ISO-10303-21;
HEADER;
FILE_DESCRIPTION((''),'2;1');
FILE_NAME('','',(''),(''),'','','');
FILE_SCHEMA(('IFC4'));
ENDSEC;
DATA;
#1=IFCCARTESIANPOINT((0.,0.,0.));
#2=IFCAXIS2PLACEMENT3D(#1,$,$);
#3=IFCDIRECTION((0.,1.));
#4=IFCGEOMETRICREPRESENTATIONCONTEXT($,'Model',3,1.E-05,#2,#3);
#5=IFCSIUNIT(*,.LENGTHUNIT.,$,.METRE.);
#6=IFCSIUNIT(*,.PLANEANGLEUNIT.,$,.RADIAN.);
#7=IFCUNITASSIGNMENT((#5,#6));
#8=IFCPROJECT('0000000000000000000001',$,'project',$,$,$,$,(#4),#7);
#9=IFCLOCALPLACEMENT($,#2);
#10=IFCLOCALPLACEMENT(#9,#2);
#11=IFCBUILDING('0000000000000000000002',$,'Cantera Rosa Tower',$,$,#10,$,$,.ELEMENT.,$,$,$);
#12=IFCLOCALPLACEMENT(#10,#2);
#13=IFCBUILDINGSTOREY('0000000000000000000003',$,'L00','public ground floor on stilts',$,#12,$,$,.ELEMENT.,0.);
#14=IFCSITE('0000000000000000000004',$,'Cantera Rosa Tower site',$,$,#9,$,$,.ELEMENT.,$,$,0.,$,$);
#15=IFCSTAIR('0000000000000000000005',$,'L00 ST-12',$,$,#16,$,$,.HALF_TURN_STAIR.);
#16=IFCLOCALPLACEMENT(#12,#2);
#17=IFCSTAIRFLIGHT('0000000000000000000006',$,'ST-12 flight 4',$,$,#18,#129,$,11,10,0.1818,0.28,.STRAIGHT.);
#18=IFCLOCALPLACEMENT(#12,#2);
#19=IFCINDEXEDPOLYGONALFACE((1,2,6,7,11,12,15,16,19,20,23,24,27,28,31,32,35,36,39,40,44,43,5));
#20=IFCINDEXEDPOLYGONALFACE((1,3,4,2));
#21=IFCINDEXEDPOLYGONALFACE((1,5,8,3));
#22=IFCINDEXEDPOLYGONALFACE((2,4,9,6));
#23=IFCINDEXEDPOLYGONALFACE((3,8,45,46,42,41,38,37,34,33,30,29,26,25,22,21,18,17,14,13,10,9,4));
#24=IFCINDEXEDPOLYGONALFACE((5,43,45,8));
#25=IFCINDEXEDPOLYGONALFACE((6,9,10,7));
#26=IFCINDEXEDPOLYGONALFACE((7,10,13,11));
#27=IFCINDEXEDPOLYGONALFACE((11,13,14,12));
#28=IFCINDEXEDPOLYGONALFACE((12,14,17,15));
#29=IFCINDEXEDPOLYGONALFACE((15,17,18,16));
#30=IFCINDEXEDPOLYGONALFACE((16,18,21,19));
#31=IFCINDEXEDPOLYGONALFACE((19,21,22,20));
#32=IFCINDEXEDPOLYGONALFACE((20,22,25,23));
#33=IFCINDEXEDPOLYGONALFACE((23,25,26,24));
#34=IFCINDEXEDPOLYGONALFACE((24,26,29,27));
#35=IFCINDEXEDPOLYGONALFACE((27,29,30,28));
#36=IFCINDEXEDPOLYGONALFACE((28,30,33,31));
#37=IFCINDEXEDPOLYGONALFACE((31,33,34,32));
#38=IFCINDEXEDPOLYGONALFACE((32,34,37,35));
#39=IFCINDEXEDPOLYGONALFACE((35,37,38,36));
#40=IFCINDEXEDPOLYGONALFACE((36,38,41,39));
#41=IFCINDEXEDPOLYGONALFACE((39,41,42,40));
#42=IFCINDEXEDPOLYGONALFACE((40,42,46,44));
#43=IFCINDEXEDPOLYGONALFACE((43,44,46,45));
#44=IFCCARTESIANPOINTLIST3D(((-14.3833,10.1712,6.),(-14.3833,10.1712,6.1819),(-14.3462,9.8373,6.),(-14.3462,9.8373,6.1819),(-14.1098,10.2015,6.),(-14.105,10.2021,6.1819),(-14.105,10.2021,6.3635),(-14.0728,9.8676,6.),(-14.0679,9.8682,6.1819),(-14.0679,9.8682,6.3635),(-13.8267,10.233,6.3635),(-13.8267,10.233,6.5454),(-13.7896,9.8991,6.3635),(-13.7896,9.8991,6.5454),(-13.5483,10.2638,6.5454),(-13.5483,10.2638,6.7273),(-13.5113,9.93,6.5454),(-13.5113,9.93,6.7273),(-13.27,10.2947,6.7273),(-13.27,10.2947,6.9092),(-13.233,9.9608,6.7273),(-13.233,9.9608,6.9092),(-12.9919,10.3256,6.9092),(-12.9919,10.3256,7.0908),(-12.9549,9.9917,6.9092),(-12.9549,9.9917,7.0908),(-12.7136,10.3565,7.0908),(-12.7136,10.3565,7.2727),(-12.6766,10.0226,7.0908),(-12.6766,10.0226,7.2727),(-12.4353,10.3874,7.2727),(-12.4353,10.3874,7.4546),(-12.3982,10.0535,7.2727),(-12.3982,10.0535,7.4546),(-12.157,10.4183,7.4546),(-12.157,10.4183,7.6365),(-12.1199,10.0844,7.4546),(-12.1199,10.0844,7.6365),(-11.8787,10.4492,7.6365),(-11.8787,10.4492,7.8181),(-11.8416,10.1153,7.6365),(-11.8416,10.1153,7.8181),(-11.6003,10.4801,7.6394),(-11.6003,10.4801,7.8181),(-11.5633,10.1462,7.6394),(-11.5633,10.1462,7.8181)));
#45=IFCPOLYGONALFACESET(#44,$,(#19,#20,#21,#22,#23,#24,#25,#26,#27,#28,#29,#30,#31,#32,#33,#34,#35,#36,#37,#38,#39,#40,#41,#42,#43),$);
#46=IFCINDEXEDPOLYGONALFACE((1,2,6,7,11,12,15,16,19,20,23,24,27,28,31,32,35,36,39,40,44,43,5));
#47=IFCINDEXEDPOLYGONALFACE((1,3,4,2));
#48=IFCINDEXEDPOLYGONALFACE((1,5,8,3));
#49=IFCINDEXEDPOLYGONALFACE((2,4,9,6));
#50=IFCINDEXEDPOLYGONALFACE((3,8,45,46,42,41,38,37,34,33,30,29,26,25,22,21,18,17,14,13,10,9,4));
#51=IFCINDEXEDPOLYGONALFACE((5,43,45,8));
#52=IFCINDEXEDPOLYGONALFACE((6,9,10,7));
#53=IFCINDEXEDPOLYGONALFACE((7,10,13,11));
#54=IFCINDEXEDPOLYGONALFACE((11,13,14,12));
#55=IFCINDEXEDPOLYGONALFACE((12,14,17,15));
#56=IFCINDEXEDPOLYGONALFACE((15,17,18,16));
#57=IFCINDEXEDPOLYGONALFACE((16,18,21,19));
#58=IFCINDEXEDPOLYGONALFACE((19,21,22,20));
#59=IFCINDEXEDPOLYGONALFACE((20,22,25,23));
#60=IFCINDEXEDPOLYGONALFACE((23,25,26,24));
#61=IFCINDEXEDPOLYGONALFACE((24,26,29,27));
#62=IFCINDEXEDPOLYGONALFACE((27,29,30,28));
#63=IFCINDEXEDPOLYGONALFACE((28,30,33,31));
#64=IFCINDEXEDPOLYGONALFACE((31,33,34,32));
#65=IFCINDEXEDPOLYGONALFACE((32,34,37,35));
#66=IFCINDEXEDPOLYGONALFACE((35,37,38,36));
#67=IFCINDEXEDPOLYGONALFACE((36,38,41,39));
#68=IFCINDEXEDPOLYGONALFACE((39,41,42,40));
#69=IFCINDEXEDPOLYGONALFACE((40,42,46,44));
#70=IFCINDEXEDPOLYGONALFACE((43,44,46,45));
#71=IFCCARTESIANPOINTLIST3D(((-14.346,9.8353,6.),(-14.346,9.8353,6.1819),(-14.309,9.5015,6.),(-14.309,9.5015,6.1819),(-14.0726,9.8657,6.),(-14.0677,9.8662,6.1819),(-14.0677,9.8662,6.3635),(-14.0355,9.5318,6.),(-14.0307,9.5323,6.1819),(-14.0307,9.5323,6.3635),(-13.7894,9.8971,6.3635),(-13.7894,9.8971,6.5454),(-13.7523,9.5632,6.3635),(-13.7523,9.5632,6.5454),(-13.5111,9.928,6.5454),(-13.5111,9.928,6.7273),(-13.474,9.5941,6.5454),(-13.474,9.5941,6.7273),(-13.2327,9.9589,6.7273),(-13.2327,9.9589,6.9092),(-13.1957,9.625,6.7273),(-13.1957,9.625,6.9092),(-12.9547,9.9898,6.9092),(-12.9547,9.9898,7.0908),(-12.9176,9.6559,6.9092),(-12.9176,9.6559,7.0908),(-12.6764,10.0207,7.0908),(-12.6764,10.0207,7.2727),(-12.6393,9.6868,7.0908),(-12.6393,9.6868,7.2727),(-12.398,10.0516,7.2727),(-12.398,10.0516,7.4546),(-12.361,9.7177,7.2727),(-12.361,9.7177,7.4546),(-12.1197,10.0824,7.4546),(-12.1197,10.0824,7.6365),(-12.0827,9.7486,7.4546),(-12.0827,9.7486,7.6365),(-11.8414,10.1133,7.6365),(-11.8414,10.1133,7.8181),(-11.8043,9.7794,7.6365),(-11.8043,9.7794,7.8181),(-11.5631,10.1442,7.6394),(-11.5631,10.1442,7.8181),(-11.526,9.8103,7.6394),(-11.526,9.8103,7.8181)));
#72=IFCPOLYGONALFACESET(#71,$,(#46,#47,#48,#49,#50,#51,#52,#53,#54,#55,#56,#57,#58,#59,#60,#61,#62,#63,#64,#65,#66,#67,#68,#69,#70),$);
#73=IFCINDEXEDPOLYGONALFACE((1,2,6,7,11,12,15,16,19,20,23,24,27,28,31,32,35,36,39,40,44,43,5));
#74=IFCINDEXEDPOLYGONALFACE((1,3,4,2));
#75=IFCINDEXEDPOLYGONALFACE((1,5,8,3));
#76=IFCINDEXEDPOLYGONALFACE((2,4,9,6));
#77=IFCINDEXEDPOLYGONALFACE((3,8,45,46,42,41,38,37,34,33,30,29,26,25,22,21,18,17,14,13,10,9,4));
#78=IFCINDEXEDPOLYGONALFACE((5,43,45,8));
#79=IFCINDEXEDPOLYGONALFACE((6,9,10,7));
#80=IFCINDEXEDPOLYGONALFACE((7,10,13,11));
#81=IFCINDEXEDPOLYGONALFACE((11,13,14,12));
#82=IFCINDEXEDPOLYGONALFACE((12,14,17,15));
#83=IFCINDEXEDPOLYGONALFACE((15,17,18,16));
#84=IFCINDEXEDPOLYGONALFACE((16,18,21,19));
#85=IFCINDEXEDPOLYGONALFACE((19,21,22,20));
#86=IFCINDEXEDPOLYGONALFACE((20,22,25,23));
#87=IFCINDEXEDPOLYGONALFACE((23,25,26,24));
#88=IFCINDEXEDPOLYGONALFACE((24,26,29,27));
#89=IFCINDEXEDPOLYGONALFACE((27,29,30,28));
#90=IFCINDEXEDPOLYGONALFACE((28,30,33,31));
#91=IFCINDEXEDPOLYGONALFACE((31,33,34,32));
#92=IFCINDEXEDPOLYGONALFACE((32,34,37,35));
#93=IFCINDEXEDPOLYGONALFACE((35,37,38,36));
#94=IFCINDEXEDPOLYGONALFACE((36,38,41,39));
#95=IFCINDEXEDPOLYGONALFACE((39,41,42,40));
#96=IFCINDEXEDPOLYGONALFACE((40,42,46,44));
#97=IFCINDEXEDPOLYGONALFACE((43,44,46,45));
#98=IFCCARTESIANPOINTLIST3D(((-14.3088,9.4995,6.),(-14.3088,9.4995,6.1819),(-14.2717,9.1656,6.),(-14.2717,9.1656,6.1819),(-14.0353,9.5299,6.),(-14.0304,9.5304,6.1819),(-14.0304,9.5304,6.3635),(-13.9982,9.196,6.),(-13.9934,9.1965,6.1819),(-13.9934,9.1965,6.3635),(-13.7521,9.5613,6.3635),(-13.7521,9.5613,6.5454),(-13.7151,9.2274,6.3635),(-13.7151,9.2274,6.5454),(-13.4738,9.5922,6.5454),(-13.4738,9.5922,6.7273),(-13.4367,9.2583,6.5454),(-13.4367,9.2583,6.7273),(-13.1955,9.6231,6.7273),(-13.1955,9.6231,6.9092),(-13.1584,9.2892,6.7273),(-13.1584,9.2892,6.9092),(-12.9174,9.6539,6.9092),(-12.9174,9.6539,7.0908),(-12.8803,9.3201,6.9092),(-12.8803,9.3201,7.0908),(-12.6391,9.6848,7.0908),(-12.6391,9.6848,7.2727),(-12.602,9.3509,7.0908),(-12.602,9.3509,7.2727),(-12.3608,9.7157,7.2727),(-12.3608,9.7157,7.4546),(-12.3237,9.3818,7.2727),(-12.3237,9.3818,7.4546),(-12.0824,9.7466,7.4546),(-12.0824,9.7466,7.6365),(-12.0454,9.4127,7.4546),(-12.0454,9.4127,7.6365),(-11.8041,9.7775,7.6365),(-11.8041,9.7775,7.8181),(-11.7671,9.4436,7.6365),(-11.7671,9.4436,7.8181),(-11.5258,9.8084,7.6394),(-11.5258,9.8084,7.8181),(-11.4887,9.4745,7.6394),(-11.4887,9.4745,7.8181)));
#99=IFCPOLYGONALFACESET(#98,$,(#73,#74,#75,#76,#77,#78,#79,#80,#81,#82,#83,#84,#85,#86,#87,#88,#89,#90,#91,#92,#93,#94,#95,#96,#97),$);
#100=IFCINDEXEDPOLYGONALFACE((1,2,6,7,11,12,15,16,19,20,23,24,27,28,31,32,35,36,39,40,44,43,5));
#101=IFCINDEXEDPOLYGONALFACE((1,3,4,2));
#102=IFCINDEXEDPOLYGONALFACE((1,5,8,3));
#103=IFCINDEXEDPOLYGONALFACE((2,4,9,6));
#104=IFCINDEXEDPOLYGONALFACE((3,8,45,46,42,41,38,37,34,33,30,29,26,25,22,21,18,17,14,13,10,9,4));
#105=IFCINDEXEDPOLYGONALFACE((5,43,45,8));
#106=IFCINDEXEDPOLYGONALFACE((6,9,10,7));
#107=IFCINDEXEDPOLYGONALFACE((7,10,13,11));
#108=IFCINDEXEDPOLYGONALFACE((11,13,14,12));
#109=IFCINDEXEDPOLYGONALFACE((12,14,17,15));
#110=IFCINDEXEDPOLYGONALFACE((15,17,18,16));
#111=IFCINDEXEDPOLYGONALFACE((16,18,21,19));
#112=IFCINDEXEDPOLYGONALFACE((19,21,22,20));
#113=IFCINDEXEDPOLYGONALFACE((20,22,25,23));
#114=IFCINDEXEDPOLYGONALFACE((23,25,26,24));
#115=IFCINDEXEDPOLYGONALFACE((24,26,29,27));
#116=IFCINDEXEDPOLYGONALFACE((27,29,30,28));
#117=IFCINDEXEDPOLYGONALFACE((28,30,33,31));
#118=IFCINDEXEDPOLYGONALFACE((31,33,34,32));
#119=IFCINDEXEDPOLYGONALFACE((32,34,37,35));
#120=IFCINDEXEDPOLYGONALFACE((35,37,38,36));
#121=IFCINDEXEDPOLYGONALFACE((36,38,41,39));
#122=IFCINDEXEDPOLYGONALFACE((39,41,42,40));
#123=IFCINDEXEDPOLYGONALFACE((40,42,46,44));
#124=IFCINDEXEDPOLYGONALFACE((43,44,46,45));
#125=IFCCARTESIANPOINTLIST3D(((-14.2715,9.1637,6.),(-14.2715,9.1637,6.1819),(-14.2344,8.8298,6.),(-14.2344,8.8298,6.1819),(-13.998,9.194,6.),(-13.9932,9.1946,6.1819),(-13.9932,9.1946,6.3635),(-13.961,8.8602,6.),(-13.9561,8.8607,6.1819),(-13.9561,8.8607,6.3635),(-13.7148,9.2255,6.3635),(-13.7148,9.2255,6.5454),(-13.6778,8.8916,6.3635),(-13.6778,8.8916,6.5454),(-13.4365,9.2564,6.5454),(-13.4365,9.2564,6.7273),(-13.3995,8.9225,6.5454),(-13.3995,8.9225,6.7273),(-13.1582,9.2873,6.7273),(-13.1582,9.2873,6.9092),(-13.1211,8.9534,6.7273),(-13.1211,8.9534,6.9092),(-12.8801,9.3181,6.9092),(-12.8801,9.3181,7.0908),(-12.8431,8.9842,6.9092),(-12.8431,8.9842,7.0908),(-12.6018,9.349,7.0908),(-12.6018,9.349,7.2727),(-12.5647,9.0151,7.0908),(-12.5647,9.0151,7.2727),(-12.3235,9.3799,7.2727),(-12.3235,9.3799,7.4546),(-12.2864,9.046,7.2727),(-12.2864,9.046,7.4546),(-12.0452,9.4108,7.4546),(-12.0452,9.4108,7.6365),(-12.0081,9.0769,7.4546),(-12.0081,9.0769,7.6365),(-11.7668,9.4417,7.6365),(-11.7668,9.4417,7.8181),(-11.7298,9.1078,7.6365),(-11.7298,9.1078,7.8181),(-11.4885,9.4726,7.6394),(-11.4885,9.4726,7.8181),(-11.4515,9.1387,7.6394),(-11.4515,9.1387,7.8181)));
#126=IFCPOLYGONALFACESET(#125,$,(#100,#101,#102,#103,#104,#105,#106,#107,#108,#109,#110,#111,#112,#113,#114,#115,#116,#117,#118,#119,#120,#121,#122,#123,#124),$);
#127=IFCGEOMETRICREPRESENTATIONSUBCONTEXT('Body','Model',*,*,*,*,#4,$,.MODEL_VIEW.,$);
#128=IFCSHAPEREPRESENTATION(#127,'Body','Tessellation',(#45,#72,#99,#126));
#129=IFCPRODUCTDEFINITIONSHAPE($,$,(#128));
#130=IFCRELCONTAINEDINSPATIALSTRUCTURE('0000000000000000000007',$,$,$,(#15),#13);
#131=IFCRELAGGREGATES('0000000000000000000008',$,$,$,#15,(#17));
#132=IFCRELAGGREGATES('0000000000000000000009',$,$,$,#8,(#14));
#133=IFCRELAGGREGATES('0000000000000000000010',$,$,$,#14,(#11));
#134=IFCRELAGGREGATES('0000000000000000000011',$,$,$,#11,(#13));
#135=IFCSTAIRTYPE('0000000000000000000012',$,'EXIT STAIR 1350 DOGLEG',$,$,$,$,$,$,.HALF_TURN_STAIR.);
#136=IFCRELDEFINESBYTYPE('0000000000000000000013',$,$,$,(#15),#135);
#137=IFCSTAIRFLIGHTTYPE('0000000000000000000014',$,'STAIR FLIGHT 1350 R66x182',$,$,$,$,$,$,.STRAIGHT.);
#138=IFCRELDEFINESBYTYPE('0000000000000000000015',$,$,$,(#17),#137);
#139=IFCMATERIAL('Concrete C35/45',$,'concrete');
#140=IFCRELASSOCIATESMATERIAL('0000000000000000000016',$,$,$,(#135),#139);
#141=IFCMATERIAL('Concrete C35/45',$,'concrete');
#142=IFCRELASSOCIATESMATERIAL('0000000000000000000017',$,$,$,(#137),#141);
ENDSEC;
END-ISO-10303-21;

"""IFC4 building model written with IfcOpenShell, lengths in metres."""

from ifc_helpers import new_model, si_unit, direction, frame, origin, place, context, subcontext, project, spatial, polyline, outline, extrude, material, type_object, element, aggregate, save


model = new_model("IFC4")

# Units and contexts
model_context = context("Model", 3, precision=1e-05, world=origin(), true_north=direction((0.0, 1.0)))
body_context = subcontext(model_context, "Body", "Model", "MODEL_VIEW")
ifc_project = project(units=[si_unit("LENGTHUNIT", "METRE"), si_unit("PLANEANGLEUNIT", "RADIAN")], contexts=[model_context])

# Site, building, storey
site_placement = place(None, origin())
site = spatial("IfcSite", under=ifc_project, at=site_placement, Name="Cantera Rosa Tower site", CompositionType="ELEMENT", RefElevation=0.0)
building_placement = place(site_placement, origin())
building = spatial("IfcBuilding", under=site, at=building_placement, Name="Cantera Rosa Tower", CompositionType="ELEMENT")
storey_placement = place(building_placement, origin())
storey = spatial("IfcBuildingStorey", under=building, at=storey_placement, Name="L00", Description="public ground floor on stilts", CompositionType="ELEMENT", Elevation=0.0)

# Stair, stair flight
ifc_material_1 = material(Name="Concrete C35/45", Category="concrete")
stair_type = type_object("IfcStairType", Name="EXIT STAIR 1350 DOGLEG", PredefinedType="HALF_TURN_STAIR", material=ifc_material_1)
stair_placement = place(storey_placement, origin())
stair = element("IfcStair", 1, at=stair_placement, inside=storey, type_object=stair_type, Name="L00 ST-12", PredefinedType="HALF_TURN_STAIR")
ifc_material_2 = material(Name="Concrete C35/45", Category="concrete")
stair_flight_type = type_object("IfcStairFlightType", Name="STAIR FLIGHT 1350 R66x182", PredefinedType="STRAIGHT", material=ifc_material_2)
stair_flight_1_placement = place(storey_placement, frame((-14.3088, 9.5002, 6.0), z_axis=(0.0, 0.0, 1.0), x_axis=(0.993897, 0.110313, 0.0)))
stair_flight_1 = element("IfcStairFlight", 2, at=stair_flight_1_placement, type_object=stair_flight_type, Name="ST-12 flight 4", NumberOfRisers=11, NumberOfTreads=10, PredefinedType="STRAIGHT", RiserHeight=0.1818, TreadLength=0.28, context=body_context, shape_type="SweptSolid", body=[
    extrude(outline(polyline([(0.0, 0.0), (0.0, 0.1819), (0.28, 0.1819), (0.28, 0.3635), (0.5601, 0.3635), (0.5601, 0.5454), (0.8401, 0.5454), (0.8401, 0.7273), (1.1201, 0.7273), (1.1201, 0.9092), (1.3999, 0.9092), (1.3999, 1.0908), (1.6799, 1.0908), (1.6799, 1.2727), (1.96, 1.2727), (1.96, 1.4546), (2.24, 1.4546), (2.24, 1.6365), (2.52, 1.6365), (2.52, 1.8181), (2.8, 1.8181), (2.8, 2.0), (2.8, 1.6394), (0.2751, 0.0), (0.0, 0.0)])), frame((0.0, 0.675, 0.0), z_axis=(0.0, -1.0, 0.0), x_axis=(1.0, 0.0, 0.0)), (0.0, 0.0, 1.0), 0.3359),
    extrude(outline(polyline([(0.0, 0.0), (0.0, 0.1819), (0.28, 0.1819), (0.28, 0.3635), (0.5601, 0.3635), (0.5601, 0.5454), (0.8401, 0.5454), (0.8401, 0.7273), (1.1201, 0.7273), (1.1201, 0.9092), (1.3999, 0.9092), (1.3999, 1.0908), (1.6799, 1.0908), (1.6799, 1.2727), (1.96, 1.2727), (1.96, 1.4546), (2.24, 1.4546), (2.24, 1.6365), (2.52, 1.6365), (2.52, 1.8181), (2.8, 1.8181), (2.8, 2.0), (2.8, 1.6394), (0.2751, 0.0), (0.0, 0.0)])), frame((0.0, 0.3372, 0.0), z_axis=(0.0, -1.0, 0.0), x_axis=(1.0, 0.0, 0.0)), (0.0, 0.0, 1.0), 0.3359),
    extrude(outline(polyline([(0.0, 0.0), (0.0, 0.1819), (0.28, 0.1819), (0.28, 0.3635), (0.5601, 0.3635), (0.5601, 0.5454), (0.8401, 0.5454), (0.8401, 0.7273), (1.1201, 0.7273), (1.1201, 0.9092), (1.3999, 0.9092), (1.3999, 1.0908), (1.6799, 1.0908), (1.6799, 1.2727), (1.96, 1.2727), (1.96, 1.4546), (2.24, 1.4546), (2.24, 1.6365), (2.52, 1.6365), (2.52, 1.8181), (2.8, 1.8181), (2.8, 2.0), (2.8, 1.6394), (0.2751, 0.0), (0.0, 0.0)])), frame((0.0, -0.0007, 0.0), z_axis=(0.0, -1.0, 0.0), x_axis=(1.0, 0.0, 0.0)), (0.0, 0.0, 1.0), 0.3359),
    extrude(outline(polyline([(0.0, 0.0), (0.0, 0.1819), (0.28, 0.1819), (0.28, 0.3635), (0.5601, 0.3635), (0.5601, 0.5454), (0.8401, 0.5454), (0.8401, 0.7273), (1.1201, 0.7273), (1.1201, 0.9092), (1.3999, 0.9092), (1.3999, 1.0908), (1.6799, 1.0908), (1.6799, 1.2727), (1.96, 1.2727), (1.96, 1.4546), (2.24, 1.4546), (2.24, 1.6365), (2.52, 1.6365), (2.52, 1.8181), (2.8, 1.8181), (2.8, 2.0), (2.8, 1.6394), (0.2751, 0.0), (0.0, 0.0)])), frame((0.0, -0.3386, 0.0), z_axis=(0.0, -1.0, 0.0), x_axis=(1.0, 0.0, 0.0)), (0.0, 0.0, 1.0), 0.3359),
])
aggregate(stair, [stair_flight_1])

save(model, "model.ifc")
